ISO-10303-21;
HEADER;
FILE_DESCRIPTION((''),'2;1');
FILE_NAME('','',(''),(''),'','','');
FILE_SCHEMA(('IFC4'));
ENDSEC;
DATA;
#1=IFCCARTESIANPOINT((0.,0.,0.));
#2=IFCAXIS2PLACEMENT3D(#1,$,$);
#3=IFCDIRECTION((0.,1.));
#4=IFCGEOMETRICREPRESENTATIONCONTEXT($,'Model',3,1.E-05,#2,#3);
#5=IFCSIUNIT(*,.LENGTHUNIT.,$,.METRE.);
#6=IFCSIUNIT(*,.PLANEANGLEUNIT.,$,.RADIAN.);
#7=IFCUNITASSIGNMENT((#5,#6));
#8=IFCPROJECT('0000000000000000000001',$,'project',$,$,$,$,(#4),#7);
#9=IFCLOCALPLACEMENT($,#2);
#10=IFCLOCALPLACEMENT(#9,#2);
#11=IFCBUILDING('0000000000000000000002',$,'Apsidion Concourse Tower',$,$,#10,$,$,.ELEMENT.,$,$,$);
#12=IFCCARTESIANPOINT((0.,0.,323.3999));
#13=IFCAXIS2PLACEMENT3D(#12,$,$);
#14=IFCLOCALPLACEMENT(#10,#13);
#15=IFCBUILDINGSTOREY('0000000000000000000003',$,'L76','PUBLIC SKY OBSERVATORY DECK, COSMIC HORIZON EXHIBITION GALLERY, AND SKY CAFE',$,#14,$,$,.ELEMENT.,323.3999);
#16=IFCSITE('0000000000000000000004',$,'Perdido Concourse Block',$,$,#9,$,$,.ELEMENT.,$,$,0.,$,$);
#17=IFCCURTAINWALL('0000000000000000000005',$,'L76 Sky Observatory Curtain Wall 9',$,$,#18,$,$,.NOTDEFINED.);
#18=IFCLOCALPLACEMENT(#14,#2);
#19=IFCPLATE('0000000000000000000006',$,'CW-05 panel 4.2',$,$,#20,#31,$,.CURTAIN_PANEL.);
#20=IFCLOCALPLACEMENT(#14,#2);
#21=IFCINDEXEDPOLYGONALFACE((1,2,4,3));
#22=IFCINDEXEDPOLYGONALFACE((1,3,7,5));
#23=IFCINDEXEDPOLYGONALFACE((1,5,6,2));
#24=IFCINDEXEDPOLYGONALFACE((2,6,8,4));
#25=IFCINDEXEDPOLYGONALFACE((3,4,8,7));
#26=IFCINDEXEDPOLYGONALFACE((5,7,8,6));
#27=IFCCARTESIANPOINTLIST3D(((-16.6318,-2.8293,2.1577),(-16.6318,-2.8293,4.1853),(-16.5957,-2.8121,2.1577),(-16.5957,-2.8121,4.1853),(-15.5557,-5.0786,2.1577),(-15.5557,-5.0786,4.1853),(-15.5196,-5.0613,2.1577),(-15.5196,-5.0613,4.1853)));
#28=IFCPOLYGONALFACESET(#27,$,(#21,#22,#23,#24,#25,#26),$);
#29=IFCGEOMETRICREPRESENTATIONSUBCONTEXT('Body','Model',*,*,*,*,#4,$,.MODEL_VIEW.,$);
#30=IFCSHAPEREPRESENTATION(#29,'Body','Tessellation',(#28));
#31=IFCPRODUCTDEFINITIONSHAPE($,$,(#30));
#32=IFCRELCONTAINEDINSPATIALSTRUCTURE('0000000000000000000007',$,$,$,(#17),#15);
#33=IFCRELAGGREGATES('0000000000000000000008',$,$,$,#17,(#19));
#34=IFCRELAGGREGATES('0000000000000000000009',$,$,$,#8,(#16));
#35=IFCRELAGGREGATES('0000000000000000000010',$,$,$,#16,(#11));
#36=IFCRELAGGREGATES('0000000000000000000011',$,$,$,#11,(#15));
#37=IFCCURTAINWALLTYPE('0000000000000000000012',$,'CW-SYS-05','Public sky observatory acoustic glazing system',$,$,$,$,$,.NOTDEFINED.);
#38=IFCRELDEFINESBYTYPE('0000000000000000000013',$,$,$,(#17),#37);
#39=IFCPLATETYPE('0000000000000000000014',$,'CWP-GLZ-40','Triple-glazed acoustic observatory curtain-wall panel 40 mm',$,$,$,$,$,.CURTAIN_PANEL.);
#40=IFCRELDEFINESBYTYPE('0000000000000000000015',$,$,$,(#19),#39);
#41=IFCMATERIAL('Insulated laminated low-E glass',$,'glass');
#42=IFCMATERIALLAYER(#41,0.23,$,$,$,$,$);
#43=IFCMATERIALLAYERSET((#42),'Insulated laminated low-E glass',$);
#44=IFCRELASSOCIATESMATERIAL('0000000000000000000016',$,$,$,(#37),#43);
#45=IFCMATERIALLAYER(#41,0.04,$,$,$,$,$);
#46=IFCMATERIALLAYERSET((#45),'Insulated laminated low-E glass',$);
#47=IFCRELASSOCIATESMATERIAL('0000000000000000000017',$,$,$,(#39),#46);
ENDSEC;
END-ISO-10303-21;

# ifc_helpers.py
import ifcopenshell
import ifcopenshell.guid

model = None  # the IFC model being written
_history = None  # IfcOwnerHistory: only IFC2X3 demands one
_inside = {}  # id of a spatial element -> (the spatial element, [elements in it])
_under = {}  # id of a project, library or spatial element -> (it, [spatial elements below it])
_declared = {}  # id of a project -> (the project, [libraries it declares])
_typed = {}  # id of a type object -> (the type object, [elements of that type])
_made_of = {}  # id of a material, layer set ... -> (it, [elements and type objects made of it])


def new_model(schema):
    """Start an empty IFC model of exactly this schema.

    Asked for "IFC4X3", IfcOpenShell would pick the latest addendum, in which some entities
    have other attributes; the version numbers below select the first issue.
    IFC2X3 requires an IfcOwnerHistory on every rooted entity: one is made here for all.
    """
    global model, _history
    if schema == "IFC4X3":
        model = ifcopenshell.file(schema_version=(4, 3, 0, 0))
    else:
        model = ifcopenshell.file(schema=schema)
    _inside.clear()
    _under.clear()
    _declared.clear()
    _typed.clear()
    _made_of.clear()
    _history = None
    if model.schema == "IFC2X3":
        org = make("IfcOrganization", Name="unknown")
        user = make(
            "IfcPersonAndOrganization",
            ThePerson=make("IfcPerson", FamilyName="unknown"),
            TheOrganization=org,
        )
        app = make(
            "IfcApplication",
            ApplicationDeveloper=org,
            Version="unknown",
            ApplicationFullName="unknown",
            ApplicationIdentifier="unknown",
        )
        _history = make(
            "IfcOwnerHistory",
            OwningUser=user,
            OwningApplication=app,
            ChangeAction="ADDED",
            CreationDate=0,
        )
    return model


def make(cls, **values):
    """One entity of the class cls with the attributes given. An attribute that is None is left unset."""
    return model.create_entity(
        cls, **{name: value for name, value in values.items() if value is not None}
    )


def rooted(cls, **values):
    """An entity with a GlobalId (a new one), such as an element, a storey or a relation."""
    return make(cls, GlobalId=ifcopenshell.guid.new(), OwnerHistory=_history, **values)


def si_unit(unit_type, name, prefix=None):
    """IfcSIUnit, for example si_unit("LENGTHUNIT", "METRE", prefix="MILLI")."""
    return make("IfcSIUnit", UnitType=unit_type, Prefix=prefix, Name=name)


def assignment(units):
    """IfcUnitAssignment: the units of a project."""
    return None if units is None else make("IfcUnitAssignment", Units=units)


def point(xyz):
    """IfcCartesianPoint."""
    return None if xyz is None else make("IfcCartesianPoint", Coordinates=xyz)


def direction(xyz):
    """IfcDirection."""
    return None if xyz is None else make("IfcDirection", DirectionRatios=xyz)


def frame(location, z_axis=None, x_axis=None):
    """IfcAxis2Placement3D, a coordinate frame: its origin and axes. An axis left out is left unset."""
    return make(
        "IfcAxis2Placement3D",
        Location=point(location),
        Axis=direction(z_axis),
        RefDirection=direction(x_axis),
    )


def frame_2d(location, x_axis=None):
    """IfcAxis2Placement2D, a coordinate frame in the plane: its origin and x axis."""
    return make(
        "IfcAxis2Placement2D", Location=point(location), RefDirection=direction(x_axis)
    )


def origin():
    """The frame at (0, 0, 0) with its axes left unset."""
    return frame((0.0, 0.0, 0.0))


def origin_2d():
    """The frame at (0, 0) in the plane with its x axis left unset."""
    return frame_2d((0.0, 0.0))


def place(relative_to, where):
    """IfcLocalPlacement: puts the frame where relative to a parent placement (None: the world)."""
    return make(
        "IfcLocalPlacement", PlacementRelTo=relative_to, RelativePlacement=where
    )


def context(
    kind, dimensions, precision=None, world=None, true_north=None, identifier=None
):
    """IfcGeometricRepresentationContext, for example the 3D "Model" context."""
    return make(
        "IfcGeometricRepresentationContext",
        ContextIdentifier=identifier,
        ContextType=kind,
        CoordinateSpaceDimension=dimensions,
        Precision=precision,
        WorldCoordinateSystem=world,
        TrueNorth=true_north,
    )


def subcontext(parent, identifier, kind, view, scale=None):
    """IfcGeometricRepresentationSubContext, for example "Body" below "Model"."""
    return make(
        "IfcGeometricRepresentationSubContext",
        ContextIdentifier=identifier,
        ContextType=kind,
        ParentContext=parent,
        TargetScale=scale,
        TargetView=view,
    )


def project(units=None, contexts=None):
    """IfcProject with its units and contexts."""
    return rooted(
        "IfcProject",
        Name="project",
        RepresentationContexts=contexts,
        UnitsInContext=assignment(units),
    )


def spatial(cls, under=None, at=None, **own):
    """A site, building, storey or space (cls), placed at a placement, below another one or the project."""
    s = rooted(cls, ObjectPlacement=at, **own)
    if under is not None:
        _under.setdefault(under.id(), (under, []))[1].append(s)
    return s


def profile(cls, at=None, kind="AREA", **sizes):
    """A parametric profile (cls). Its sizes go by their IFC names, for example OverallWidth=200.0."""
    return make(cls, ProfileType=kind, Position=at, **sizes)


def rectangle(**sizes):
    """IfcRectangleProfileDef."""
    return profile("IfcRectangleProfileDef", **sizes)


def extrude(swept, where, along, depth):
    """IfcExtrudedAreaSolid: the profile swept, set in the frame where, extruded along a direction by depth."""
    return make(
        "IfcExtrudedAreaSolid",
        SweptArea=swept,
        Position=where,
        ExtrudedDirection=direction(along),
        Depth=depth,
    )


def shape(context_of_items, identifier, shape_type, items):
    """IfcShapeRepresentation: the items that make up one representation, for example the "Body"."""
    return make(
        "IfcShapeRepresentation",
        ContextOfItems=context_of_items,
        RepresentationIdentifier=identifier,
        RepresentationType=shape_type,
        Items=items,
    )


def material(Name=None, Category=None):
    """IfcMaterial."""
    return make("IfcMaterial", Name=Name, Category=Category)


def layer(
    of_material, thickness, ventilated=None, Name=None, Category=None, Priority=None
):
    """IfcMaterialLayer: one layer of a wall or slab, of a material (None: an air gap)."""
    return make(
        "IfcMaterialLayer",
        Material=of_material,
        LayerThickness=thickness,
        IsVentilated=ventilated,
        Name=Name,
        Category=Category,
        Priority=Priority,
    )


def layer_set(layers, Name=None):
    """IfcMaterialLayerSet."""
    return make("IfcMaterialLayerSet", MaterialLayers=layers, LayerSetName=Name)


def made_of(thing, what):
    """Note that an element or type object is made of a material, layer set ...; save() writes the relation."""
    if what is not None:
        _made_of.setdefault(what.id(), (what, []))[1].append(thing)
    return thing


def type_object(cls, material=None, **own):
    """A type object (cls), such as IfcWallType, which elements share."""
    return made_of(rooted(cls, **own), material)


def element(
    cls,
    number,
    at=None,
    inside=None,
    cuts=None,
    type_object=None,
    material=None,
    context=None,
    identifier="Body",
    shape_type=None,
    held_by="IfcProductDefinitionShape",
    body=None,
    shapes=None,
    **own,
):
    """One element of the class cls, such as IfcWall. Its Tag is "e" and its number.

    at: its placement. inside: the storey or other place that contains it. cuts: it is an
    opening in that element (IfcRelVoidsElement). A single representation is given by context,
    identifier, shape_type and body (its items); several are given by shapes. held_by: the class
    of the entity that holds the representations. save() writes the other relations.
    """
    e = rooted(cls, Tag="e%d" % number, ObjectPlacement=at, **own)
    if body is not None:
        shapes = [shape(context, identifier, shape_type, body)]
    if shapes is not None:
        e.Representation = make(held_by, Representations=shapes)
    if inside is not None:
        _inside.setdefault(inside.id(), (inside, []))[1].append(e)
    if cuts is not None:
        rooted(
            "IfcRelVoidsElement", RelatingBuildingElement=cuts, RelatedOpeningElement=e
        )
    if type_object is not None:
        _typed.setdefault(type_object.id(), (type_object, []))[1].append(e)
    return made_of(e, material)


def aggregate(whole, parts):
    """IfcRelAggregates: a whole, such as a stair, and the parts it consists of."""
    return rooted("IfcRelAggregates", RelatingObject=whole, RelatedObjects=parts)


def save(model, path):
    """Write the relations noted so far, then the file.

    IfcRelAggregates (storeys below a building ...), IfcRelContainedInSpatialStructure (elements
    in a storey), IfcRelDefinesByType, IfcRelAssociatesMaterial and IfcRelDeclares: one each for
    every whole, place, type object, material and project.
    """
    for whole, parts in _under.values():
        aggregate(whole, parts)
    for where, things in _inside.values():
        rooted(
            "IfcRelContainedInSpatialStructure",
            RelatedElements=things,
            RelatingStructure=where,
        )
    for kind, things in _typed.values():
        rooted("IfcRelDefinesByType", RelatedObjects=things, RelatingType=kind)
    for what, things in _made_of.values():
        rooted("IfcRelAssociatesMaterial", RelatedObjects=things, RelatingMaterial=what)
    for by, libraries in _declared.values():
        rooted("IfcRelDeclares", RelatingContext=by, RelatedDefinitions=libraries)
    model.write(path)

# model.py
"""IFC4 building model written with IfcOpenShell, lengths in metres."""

from ifc_helpers import new_model, si_unit, direction, frame, origin, origin_2d, place, context, subcontext, project, spatial, rectangle, extrude, material, layer, layer_set, type_object, element, aggregate, save


model = new_model("IFC4")

# Units and contexts
model_context = context("Model", 3, precision=1e-05, world=origin(), true_north=direction((0.0, 1.0)))
body_context = subcontext(model_context, "Body", "Model", "MODEL_VIEW")
ifc_project = project(units=[si_unit("LENGTHUNIT", "METRE"), si_unit("PLANEANGLEUNIT", "RADIAN")], contexts=[model_context])

# Site, building, storey
site_placement = place(None, origin())
site = spatial("IfcSite", under=ifc_project, at=site_placement, Name="Perdido Concourse Block", CompositionType="ELEMENT", RefElevation=0.0)
building_placement = place(site_placement, origin())
building = spatial("IfcBuilding", under=site, at=building_placement, Name="Apsidion Concourse Tower", CompositionType="ELEMENT")
storey_placement = place(building_placement, frame((0.0, 0.0, 323.3999)))
storey = spatial("IfcBuildingStorey", under=building, at=storey_placement, Name="L76", Description="PUBLIC SKY OBSERVATORY DECK, COSMIC HORIZON EXHIBITION GALLERY, AND SKY CAFE", CompositionType="ELEMENT", Elevation=323.3999)

# Curtain wall, plate
ifc_material_1 = material(Name="Insulated laminated low-E glass", Category="glass")
ifc_layer_1 = layer(ifc_material_1, 0.23)
ifc_layer_set_1 = layer_set([ifc_layer_1], Name="Insulated laminated low-E glass")
curtain_wall_type = type_object("IfcCurtainWallType", Name="CW-SYS-05", Description="Public sky observatory acoustic glazing system", PredefinedType="NOTDEFINED", material=ifc_layer_set_1)
curtain_wall_placement = place(storey_placement, origin())
curtain_wall = element("IfcCurtainWall", 1, at=curtain_wall_placement, inside=storey, type_object=curtain_wall_type, Name="L76 Sky Observatory Curtain Wall 9", PredefinedType="NOTDEFINED")
ifc_layer_2 = layer(ifc_material_1, 0.04)
ifc_layer_set_2 = layer_set([ifc_layer_2], Name="Insulated laminated low-E glass")
plate_type = type_object("IfcPlateType", Name="CWP-GLZ-40", Description="Triple-glazed acoustic observatory curtain-wall panel 40 mm", PredefinedType="CURTAIN_PANEL", material=ifc_layer_set_2)
plate_1_placement = place(storey_placement, frame((-16.0757, -3.9453, 2.1577), z_axis=(0.0, 0.0, 1.0), x_axis=(-0.431595, 0.902068, 0.0)))
plate_1 = element("IfcPlate", 2, at=plate_1_placement, type_object=plate_type, Name="CW-05 panel 4.2", PredefinedType="CURTAIN_PANEL", context=body_context, shape_type="SweptSolid", body=[
    extrude(rectangle(XDim=2.4934, YDim=0.04, at=origin_2d()), origin(), (0.0, 0.0, 1.0), 2.0276),
])
aggregate(curtain_wall, [plate_1])

save(model, "model.ifc")
